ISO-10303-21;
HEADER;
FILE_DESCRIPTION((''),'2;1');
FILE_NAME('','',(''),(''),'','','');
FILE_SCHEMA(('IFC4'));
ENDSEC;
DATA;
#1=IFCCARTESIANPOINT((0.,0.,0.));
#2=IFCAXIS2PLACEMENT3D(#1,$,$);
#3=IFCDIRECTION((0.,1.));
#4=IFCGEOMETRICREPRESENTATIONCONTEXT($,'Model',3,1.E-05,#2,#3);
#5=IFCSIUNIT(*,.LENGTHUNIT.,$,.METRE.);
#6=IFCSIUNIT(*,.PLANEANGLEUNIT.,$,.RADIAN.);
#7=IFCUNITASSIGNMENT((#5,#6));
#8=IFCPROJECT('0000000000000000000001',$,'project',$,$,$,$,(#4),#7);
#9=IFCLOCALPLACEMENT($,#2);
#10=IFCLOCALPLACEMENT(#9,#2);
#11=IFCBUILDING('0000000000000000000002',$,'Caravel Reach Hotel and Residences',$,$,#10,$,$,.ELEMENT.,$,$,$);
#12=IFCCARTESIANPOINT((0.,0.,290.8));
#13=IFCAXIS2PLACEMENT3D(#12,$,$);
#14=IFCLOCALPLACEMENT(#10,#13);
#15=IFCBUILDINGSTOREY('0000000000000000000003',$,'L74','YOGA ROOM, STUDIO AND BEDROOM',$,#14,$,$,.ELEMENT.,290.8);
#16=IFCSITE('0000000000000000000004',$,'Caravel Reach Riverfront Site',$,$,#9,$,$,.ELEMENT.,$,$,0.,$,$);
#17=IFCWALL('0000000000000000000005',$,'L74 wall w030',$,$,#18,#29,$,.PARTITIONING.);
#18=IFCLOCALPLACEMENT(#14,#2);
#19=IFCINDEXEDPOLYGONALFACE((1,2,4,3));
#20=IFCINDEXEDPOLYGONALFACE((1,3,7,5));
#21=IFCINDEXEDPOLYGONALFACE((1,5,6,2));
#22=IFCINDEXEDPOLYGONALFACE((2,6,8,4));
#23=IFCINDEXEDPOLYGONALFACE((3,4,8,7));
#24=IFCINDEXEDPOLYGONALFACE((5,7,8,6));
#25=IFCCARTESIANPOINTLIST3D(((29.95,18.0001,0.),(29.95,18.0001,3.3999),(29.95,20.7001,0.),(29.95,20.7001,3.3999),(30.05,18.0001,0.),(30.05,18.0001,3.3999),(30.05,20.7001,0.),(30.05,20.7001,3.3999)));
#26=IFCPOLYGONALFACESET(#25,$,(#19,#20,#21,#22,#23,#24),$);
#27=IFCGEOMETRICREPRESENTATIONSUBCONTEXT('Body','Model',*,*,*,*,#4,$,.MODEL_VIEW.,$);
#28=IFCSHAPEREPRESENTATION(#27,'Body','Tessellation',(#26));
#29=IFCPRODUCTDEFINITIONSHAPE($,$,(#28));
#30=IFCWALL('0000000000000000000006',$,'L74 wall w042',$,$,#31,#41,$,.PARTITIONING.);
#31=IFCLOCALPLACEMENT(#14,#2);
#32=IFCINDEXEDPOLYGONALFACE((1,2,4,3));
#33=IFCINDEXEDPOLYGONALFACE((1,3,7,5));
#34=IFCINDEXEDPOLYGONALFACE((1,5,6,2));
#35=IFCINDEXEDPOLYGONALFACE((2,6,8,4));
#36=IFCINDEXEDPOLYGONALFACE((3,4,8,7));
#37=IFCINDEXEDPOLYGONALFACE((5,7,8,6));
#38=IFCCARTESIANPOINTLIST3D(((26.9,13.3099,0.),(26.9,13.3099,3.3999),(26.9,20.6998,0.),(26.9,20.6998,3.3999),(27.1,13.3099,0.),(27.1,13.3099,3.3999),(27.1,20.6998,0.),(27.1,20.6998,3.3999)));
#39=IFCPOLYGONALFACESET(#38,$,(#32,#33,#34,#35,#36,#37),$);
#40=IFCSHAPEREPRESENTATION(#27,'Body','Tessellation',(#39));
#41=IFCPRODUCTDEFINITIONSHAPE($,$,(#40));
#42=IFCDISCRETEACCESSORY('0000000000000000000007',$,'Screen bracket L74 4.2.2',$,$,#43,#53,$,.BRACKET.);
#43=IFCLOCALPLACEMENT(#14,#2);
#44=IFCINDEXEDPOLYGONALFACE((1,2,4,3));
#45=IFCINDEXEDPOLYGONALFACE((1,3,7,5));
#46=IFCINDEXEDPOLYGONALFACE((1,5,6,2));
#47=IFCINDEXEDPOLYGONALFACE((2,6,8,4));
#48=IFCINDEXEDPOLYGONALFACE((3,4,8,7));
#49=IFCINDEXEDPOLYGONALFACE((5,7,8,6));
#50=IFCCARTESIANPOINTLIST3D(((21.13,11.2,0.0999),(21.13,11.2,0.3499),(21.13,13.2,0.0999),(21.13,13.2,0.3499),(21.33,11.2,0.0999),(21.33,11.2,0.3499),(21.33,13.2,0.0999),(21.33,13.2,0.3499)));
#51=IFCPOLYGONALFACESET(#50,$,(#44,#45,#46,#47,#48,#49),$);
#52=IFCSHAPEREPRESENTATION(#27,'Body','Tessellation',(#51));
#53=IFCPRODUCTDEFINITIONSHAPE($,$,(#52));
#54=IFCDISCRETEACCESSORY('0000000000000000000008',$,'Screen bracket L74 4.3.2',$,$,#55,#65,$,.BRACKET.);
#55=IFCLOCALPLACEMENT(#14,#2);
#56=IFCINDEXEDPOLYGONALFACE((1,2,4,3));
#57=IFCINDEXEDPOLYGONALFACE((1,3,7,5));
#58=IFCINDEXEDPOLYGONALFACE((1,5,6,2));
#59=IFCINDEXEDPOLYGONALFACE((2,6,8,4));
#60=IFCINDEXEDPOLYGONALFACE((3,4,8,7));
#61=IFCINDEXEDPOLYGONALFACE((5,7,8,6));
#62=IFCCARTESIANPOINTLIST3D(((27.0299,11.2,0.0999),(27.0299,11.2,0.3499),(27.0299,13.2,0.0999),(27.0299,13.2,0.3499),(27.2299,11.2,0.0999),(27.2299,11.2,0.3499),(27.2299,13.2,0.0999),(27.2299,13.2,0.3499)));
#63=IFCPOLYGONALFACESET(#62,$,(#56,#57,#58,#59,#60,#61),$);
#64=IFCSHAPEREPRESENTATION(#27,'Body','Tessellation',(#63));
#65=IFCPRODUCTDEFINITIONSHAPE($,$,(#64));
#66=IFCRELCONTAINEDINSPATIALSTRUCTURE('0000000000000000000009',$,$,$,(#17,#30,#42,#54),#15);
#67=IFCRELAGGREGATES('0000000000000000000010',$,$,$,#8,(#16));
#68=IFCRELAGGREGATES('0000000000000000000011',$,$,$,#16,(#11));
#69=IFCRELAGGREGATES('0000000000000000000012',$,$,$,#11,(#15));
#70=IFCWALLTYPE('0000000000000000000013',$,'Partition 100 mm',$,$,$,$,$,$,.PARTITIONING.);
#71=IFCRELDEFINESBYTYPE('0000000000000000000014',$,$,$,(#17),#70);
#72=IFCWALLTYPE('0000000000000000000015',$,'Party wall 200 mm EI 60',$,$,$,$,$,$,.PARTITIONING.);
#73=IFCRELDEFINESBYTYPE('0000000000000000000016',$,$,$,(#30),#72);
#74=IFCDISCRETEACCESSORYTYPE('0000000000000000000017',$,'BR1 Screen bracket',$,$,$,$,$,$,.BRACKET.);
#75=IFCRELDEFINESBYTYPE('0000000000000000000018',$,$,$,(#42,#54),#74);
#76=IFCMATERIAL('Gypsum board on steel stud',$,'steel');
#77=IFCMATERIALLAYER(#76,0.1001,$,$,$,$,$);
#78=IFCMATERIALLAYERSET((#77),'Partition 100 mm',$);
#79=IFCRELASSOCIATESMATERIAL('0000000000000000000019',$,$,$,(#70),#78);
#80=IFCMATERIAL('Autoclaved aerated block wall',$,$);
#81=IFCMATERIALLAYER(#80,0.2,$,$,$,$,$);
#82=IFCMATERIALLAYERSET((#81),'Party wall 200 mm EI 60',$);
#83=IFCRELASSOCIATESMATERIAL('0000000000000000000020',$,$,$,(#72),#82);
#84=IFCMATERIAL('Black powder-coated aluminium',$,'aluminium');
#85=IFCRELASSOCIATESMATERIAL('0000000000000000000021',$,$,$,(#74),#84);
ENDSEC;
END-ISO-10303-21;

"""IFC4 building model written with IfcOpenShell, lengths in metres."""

from ifc_helpers import new_model, si_unit, direction, frame, frame_2d, origin, origin_2d, place, context, subcontext, project, spatial, rectangle, extrude, material, layer, layer_set, type_object, element, save


model = new_model("IFC4")

# Units and contexts
model_context = context("Model", 3, precision=1e-05, world=origin(), true_north=direction((0.0, 1.0)))
body_context = subcontext(model_context, "Body", "Model", "MODEL_VIEW")
ifc_project = project(units=[si_unit("LENGTHUNIT", "METRE"), si_unit("PLANEANGLEUNIT", "RADIAN")], contexts=[model_context])

# Site, building, storey
site_placement = place(None, origin())
site = spatial("IfcSite", under=ifc_project, at=site_placement, Name="Caravel Reach Riverfront Site", CompositionType="ELEMENT", RefElevation=0.0)
building_placement = place(site_placement, origin())
building = spatial("IfcBuilding", under=site, at=building_placement, Name="Caravel Reach Hotel and Residences", CompositionType="ELEMENT")
storey_placement = place(building_placement, frame((0.0, 0.0, 290.8)))
storey = spatial("IfcBuildingStorey", under=building, at=storey_placement, Name="L74", Description="YOGA ROOM, STUDIO AND BEDROOM", CompositionType="ELEMENT", Elevation=290.8)

# Shared definitions
ifc_material_1 = material(Name="Gypsum board on steel stud", Category="steel")
ifc_layer_1 = layer(ifc_material_1, 0.1001)
ifc_layer_set_1 = layer_set([ifc_layer_1], Name="Partition 100 mm")
wall_type_1 = type_object("IfcWallType", Name="Partition 100 mm", PredefinedType="PARTITIONING", material=ifc_layer_set_1)

# Walls
for number, where, z_axis, x_axis, name in (
    (1, (30.0, 18.0, 0.0), (0.0, 0.0, 1.0), (0.0, 1.0, 0.0), "L74 wall w030"),
):
    element("IfcWall", number, at=place(storey_placement, frame(where, z_axis=z_axis, x_axis=x_axis)), inside=storey, type_object=wall_type_1, Name=name, PredefinedType="PARTITIONING", context=body_context, shape_type="SweptSolid", body=[
        extrude(rectangle(XDim=2.7, YDim=0.1001, at=frame_2d((1.3501, 0.0))), origin(), (0.0, 0.0, 1.0), 3.3999),
    ])
ifc_material_2 = material(Name="Autoclaved aerated block wall")
ifc_layer_2 = layer(ifc_material_2, 0.2)
ifc_layer_set_2 = layer_set([ifc_layer_2], Name="Party wall 200 mm EI 60")
wall_type_2 = type_object("IfcWallType", Name="Party wall 200 mm EI 60", PredefinedType="PARTITIONING", material=ifc_layer_set_2)
wall_1_placement = place(storey_placement, frame((27.0, 13.3101, 0.0), z_axis=(0.0, 0.0, 1.0), x_axis=(0.0, 1.0, 0.0)))
element("IfcWall", 2, at=wall_1_placement, inside=storey, type_object=wall_type_2, Name="L74 wall w042", PredefinedType="PARTITIONING", context=body_context, shape_type="SweptSolid", body=[
    extrude(rectangle(XDim=7.3899, YDim=0.2, at=frame_2d((3.6948, 0.0))), origin(), (0.0, 0.0, 1.0), 3.3999),
])

# Discrete accessories
ifc_material_3 = material(Name="Black powder-coated aluminium", Category="aluminium")
discrete_accessory_type = type_object("IfcDiscreteAccessoryType", Name="BR1 Screen bracket", PredefinedType="BRACKET", material=ifc_material_3)
for number, where, z_axis, x_axis, name in (
    (3, (21.23, 12.2, 0.0999), (0.0, 0.0, 1.0), (0.0, -1.0, 0.0), "Screen bracket L74 4.2.2"),
    (4, (27.1299, 12.2, 0.0999), (0.0, 0.0, 1.0), (0.0, -1.0, 0.0), "Screen bracket L74 4.3.2"),
):
    element("IfcDiscreteAccessory", number, at=place(storey_placement, frame(where, z_axis=z_axis, x_axis=x_axis)), inside=storey, type_object=discrete_accessory_type, Name=name, PredefinedType="BRACKET", context=body_context, shape_type="SweptSolid", body=[
        extrude(rectangle(XDim=2.0, YDim=0.2, at=origin_2d()), origin(), (0.0, 0.0, 1.0), 0.25),
    ])

save(model, "model.ifc")
